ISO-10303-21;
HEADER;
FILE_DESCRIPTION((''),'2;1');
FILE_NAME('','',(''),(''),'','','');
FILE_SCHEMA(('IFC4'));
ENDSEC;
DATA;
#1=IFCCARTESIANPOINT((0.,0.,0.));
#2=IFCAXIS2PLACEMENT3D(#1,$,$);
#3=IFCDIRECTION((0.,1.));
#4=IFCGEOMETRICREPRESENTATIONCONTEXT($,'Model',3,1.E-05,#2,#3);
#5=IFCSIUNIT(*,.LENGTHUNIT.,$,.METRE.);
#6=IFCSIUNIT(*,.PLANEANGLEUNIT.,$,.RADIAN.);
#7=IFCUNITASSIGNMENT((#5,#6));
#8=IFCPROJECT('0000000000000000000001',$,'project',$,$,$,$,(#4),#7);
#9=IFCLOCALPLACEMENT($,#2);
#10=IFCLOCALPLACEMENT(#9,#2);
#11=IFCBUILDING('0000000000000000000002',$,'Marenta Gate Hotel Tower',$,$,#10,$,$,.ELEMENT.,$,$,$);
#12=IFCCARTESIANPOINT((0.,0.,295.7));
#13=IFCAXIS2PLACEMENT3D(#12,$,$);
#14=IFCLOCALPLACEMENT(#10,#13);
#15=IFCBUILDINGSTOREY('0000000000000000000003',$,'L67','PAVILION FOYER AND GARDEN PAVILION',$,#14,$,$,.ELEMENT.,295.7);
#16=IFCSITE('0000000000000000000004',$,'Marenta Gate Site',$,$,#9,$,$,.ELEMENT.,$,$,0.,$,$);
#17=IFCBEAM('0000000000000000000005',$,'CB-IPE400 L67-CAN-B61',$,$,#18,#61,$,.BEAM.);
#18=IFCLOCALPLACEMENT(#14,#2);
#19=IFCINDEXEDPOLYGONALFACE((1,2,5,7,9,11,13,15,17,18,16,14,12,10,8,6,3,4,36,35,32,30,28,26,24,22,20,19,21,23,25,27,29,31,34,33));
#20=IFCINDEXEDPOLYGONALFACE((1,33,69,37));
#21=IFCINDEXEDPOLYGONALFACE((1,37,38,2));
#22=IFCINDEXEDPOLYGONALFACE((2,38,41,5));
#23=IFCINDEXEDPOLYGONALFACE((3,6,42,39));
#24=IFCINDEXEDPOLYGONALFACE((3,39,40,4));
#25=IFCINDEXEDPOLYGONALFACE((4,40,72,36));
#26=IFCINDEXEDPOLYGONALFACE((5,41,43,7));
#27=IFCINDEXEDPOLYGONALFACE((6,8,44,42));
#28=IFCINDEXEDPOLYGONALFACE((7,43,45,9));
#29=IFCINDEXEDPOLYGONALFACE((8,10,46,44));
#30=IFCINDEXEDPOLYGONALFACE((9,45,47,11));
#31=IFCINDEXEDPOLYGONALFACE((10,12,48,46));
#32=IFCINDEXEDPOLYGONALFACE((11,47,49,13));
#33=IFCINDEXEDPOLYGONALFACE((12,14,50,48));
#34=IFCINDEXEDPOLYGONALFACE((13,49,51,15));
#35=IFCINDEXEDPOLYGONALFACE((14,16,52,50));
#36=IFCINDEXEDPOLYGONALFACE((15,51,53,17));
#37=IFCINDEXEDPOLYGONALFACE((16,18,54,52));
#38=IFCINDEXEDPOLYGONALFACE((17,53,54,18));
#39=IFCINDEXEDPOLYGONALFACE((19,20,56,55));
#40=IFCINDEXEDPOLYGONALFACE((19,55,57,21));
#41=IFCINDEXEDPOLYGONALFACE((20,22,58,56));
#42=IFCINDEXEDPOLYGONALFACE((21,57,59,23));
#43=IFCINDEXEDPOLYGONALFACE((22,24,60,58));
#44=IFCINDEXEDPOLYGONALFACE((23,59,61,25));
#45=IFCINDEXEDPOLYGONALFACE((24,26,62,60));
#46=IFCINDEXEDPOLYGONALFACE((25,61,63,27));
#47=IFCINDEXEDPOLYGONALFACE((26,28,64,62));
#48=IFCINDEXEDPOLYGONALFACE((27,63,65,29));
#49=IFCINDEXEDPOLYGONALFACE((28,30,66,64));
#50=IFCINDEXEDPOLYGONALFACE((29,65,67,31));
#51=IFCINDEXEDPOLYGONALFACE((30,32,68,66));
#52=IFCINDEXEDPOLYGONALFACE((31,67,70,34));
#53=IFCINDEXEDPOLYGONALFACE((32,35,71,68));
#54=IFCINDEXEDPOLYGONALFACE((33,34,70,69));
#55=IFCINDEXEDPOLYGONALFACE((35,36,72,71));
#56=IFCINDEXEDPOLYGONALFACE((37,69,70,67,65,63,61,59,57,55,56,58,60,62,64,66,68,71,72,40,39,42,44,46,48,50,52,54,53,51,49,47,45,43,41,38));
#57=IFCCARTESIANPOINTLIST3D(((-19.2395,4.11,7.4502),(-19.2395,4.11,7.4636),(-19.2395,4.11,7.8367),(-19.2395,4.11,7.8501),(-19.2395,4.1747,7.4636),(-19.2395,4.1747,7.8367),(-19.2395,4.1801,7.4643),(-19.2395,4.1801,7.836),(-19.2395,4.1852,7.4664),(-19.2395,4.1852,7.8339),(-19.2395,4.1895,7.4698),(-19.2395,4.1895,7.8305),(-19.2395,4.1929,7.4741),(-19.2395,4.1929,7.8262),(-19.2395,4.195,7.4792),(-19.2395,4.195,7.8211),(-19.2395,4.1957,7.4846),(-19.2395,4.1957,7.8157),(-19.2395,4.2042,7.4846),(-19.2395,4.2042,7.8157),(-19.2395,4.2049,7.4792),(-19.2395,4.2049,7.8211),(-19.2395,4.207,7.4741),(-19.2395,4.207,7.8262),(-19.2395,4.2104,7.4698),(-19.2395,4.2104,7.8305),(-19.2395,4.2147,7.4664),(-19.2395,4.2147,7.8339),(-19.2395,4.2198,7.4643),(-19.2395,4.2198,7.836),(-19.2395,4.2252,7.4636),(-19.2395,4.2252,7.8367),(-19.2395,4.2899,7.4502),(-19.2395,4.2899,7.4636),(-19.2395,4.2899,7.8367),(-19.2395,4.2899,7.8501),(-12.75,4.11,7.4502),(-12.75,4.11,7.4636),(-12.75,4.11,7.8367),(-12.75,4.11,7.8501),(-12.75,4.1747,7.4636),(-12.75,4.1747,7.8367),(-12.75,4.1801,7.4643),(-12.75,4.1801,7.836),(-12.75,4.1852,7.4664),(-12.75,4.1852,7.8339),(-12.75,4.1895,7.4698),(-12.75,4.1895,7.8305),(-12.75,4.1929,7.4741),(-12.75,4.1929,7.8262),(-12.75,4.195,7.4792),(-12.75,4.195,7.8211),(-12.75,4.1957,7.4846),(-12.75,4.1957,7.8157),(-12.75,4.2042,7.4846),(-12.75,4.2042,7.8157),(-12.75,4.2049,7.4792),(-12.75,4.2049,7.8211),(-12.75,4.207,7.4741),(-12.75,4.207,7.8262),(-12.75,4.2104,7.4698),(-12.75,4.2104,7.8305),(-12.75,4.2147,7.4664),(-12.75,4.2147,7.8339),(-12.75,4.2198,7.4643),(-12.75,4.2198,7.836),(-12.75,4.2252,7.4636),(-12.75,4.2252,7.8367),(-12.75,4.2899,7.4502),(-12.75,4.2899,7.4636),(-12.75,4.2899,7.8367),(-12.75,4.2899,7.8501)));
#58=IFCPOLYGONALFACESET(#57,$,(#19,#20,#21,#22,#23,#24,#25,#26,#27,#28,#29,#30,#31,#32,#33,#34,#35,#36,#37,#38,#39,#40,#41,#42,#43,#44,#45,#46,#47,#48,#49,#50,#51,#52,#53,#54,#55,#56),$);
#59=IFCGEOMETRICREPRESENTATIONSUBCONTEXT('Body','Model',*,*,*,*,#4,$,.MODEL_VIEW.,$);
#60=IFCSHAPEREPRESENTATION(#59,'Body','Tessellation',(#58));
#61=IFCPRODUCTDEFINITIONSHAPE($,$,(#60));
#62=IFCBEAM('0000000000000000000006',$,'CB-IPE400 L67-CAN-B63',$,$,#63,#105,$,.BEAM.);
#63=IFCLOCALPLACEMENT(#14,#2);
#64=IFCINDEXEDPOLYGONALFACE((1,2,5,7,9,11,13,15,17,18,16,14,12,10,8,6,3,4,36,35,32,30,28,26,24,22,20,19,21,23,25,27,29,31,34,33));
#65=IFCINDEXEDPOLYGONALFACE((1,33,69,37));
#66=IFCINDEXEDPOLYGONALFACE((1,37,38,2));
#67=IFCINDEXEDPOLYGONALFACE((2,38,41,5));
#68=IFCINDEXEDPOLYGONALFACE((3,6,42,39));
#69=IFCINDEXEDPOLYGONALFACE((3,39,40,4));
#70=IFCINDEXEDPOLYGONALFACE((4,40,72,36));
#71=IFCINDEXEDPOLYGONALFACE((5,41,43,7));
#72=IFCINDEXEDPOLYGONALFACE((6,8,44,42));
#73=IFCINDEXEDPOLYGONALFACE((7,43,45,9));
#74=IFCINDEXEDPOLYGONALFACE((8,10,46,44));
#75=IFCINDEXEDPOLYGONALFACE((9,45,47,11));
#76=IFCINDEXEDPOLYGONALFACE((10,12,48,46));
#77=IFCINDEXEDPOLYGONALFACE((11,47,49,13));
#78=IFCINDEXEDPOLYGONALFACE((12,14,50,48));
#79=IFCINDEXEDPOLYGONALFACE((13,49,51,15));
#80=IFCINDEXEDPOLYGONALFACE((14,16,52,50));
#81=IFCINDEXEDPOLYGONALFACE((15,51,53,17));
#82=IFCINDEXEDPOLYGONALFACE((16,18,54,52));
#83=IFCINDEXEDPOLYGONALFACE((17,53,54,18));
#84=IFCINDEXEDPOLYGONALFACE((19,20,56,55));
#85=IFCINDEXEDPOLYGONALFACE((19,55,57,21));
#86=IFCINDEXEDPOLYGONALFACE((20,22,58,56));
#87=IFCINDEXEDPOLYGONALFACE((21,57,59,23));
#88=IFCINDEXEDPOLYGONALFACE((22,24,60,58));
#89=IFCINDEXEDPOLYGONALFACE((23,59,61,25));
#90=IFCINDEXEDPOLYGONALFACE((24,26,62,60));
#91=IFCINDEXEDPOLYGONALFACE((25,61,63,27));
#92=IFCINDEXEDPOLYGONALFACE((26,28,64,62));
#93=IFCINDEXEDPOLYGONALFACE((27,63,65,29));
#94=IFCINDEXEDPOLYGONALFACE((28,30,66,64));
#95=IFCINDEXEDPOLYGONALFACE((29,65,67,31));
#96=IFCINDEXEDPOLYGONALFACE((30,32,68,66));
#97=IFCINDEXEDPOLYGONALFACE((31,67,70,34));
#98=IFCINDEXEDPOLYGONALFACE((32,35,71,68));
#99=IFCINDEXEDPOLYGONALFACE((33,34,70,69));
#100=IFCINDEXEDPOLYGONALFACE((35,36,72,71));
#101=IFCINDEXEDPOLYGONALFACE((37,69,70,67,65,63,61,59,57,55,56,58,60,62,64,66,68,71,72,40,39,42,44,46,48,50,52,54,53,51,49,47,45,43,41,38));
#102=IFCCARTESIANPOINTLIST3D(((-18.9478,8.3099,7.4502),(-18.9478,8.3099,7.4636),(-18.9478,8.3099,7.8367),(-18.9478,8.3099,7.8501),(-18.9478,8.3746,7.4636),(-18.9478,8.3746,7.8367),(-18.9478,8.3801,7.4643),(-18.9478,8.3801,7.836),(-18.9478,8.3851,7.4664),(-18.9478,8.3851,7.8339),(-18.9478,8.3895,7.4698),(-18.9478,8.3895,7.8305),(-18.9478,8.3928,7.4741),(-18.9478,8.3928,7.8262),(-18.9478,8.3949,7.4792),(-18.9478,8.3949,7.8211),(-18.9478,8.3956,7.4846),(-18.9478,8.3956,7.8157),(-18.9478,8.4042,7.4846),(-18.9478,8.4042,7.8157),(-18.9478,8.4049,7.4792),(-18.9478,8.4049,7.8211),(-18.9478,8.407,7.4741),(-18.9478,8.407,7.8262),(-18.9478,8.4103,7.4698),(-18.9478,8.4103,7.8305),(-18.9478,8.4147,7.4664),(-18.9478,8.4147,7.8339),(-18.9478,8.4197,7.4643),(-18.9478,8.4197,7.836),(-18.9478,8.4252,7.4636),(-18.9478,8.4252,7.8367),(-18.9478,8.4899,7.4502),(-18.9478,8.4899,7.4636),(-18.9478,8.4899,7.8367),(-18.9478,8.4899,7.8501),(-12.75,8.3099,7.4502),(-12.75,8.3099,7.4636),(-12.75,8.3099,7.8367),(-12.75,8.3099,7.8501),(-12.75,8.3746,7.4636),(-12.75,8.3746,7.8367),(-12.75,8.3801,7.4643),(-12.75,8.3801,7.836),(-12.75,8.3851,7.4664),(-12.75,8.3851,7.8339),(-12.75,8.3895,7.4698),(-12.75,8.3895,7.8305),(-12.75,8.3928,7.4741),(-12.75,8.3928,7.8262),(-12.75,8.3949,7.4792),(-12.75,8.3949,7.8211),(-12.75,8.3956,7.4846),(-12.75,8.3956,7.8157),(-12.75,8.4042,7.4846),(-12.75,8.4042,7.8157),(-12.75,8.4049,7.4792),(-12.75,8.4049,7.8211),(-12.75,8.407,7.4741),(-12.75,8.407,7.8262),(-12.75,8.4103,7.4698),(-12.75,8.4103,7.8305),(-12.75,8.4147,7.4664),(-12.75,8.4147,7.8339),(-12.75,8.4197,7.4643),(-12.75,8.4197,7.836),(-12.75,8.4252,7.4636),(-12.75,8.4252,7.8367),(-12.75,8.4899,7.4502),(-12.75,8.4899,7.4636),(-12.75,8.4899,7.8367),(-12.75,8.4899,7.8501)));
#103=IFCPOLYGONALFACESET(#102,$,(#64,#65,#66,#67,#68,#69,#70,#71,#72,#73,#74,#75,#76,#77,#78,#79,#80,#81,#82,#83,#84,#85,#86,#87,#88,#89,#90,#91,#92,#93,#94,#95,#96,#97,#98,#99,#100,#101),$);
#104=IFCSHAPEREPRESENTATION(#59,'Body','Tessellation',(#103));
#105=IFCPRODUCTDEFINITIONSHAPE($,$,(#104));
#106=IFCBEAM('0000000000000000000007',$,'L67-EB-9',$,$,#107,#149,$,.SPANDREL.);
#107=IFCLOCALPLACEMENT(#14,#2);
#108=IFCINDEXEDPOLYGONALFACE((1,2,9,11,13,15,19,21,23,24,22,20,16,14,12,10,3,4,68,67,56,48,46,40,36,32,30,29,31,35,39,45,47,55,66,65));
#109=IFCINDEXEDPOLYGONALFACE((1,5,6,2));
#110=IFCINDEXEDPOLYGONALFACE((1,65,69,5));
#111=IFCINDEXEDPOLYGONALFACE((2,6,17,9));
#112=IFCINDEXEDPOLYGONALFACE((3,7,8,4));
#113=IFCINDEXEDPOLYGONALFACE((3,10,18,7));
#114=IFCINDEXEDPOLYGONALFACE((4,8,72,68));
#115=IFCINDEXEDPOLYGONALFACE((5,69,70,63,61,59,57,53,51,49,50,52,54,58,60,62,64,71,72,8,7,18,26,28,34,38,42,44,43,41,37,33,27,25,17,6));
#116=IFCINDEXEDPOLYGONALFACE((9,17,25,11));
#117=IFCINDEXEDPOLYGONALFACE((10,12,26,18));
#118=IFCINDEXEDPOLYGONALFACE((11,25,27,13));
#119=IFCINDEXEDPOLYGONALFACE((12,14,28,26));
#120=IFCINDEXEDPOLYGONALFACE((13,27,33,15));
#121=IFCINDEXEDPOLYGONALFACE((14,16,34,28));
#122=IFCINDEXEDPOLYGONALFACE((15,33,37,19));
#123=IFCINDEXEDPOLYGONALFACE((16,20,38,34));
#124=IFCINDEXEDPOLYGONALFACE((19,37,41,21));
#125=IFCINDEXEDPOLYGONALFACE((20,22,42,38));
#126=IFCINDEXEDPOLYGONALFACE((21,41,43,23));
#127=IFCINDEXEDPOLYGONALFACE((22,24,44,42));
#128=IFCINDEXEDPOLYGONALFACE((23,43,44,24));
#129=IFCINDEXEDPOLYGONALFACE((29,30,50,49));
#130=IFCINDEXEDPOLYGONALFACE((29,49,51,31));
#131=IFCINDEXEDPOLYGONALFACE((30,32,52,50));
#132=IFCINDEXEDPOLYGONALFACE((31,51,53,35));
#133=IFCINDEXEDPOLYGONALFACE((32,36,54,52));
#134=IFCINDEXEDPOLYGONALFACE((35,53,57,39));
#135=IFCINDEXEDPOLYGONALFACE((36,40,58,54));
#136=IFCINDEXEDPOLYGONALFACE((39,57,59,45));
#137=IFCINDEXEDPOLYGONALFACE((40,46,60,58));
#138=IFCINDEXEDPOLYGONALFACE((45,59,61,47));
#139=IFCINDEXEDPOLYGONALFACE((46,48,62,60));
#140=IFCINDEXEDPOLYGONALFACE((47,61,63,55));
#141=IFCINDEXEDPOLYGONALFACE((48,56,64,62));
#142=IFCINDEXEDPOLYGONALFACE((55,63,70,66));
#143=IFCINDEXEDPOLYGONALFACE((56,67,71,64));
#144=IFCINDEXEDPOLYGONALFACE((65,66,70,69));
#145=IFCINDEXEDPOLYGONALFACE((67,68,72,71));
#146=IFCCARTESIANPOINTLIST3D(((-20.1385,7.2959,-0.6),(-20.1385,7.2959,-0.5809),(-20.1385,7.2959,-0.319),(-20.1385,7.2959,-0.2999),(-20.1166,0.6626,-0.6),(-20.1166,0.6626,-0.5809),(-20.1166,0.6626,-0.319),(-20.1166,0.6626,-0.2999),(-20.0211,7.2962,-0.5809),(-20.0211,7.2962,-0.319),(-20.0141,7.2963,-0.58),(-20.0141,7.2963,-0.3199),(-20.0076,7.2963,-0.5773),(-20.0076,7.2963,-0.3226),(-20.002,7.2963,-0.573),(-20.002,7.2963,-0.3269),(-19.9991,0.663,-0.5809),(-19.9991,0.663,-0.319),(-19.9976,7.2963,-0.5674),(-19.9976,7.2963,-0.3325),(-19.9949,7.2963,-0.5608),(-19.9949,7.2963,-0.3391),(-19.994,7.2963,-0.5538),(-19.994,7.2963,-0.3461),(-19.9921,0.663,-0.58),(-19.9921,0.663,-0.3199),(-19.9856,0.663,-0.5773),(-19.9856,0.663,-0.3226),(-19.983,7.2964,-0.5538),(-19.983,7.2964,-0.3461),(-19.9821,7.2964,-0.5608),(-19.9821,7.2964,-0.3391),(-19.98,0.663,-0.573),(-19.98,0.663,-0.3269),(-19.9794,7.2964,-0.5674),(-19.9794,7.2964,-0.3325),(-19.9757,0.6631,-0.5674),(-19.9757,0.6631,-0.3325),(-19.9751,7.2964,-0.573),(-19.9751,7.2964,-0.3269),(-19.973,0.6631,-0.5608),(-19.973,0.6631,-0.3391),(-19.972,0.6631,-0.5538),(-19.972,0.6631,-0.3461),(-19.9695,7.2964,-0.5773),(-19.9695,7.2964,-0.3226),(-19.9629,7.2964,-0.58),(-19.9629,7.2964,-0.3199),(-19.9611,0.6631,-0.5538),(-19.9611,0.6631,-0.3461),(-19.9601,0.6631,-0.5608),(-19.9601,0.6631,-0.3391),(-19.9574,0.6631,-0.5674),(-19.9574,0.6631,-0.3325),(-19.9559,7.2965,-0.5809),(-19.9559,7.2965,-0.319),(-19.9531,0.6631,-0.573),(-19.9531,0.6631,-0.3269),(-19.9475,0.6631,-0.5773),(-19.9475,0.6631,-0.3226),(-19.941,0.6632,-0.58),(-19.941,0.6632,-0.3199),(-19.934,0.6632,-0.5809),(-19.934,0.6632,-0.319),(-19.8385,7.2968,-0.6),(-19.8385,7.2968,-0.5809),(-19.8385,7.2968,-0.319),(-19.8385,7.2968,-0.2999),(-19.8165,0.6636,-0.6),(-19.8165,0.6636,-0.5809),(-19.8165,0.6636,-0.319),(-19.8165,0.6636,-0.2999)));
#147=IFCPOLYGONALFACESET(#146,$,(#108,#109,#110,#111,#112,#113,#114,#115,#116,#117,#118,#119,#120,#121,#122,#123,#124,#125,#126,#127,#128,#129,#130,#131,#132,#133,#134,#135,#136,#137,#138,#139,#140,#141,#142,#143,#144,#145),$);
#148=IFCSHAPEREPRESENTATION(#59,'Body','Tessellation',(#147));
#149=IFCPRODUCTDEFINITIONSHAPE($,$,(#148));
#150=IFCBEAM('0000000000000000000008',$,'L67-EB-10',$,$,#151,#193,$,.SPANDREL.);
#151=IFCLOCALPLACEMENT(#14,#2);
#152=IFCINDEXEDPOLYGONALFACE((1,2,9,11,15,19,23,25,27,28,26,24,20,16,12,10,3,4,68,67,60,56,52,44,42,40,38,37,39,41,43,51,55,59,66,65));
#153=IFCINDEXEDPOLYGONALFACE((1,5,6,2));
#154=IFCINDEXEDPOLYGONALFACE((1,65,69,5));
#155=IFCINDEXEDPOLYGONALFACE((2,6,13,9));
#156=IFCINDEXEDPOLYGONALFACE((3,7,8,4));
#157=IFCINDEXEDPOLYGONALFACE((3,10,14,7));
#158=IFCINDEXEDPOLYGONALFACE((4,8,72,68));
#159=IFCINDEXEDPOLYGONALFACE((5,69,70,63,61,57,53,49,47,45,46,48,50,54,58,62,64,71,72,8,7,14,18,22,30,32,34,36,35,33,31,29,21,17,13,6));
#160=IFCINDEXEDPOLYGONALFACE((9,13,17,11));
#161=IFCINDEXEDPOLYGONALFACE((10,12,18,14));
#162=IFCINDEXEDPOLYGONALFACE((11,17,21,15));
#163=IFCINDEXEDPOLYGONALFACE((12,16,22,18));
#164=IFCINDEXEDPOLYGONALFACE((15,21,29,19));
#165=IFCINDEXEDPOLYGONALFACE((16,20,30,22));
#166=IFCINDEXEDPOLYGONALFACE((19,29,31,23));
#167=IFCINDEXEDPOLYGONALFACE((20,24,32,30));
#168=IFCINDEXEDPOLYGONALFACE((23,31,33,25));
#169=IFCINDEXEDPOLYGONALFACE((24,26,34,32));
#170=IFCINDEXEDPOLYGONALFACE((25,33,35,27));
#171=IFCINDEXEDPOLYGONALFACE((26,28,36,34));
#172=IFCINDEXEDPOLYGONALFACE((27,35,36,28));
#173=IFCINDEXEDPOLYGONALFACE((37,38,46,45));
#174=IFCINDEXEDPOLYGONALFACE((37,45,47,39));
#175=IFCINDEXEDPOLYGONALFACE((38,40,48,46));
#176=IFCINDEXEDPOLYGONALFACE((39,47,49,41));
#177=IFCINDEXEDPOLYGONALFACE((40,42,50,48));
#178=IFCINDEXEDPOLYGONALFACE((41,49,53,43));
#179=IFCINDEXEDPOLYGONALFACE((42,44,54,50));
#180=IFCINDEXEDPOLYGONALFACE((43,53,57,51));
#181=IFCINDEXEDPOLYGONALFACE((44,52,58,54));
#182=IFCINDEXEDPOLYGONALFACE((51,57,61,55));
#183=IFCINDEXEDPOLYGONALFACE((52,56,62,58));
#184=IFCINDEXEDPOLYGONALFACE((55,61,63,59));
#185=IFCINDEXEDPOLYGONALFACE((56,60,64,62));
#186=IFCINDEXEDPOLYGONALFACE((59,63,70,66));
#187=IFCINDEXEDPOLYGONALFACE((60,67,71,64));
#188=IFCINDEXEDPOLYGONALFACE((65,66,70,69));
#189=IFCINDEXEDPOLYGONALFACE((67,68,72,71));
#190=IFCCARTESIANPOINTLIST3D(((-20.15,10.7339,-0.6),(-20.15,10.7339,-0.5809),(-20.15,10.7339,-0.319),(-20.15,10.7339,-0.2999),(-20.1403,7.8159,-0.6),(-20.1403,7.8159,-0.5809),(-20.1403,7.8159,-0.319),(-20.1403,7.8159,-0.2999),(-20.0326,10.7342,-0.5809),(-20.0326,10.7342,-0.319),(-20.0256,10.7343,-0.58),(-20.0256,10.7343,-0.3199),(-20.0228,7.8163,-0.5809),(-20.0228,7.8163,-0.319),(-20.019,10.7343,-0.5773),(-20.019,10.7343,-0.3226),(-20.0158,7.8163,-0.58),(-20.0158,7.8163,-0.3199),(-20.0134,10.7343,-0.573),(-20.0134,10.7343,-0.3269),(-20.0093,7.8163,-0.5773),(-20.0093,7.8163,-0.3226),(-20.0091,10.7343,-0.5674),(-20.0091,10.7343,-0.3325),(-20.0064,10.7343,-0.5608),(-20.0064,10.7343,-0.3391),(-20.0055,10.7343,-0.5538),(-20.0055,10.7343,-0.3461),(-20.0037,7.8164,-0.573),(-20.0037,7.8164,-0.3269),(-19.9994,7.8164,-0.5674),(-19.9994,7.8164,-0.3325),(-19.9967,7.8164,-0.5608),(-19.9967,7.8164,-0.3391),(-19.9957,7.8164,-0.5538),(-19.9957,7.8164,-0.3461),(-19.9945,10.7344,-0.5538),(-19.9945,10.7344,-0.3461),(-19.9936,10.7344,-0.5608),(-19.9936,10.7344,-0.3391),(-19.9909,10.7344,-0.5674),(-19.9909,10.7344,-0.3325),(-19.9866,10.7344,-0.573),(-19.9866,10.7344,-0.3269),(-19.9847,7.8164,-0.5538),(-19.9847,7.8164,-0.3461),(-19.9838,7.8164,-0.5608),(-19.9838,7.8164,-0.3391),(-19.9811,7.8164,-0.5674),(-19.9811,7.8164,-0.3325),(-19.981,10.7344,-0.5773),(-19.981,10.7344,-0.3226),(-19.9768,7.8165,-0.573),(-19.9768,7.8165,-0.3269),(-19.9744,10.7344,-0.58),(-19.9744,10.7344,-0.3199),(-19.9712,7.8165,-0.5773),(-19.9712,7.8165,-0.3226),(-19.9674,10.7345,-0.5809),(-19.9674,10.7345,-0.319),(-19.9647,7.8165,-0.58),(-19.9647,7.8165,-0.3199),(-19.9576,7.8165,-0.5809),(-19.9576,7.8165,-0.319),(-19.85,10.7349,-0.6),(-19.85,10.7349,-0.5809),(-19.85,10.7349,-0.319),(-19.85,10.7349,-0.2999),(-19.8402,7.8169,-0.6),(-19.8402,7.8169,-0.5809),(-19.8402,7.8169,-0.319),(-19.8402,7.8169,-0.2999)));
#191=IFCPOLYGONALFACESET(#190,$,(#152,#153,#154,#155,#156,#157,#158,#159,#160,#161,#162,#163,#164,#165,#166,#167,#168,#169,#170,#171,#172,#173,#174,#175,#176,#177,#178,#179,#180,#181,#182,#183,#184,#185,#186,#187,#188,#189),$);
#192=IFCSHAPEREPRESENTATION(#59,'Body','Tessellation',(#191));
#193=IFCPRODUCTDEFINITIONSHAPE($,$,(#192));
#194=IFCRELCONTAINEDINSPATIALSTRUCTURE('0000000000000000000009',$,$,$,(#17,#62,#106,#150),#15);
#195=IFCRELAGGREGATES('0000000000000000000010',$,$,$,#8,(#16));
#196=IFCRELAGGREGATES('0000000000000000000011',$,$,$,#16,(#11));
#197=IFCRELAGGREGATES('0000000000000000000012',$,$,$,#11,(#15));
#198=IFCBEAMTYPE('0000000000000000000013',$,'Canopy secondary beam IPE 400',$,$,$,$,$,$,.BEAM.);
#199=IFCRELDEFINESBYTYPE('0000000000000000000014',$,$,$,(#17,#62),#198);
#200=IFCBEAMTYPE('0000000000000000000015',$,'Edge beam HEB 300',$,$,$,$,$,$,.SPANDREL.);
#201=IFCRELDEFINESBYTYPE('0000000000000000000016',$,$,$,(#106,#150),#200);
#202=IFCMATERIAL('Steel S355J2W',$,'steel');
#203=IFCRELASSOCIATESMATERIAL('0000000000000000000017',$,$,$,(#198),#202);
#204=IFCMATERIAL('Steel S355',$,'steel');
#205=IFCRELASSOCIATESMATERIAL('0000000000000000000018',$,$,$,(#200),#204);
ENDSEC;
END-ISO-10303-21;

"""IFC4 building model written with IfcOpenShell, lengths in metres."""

from ifc_helpers import new_model, si_unit, direction, frame, origin, origin_2d, place, context, subcontext, project, spatial, i_section, extrude, material, material_profile, profile_set, type_object, element, save


model = new_model("IFC4")

# Units and contexts
model_context = context("Model", 3, precision=1e-05, world=origin(), true_north=direction((0.0, 1.0)))
body_context = subcontext(model_context, "Body", "Model", "MODEL_VIEW")
ifc_project = project(units=[si_unit("LENGTHUNIT", "METRE"), si_unit("PLANEANGLEUNIT", "RADIAN")], contexts=[model_context])

# Site, building, storey
site_placement = place(None, origin())
site = spatial("IfcSite", under=ifc_project, at=site_placement, Name="Marenta Gate Site", CompositionType="ELEMENT", RefElevation=0.0)
building_placement = place(site_placement, origin())
building = spatial("IfcBuilding", under=site, at=building_placement, Name="Marenta Gate Hotel Tower", CompositionType="ELEMENT")
storey_placement = place(building_placement, frame((0.0, 0.0, 295.7)))
storey = spatial("IfcBuildingStorey", under=building, at=storey_placement, Name="L67", Description="PAVILION FOYER AND GARDEN PAVILION", CompositionType="ELEMENT", Elevation=295.7)

# Beams
ifc_material_1 = material(Name="Steel S355J2W", Category="steel")
ifc_material_profile_1 = material_profile(ifc_material_1, i_section(OverallWidth=0.1799, OverallDepth=0.3999, WebThickness=0.0085, FlangeThickness=0.0134, FilletRadius=0.021, at=origin_2d()), Name="IPE 400")
ifc_profile_set_1 = profile_set([ifc_material_profile_1], Name="Steel S355J2W")
beam_type_1 = type_object("IfcBeamType", Name="Canopy secondary beam IPE 400", PredefinedType="BEAM", material=ifc_profile_set_1)
beam_1_placement = place(storey_placement, frame((-19.2395, 4.2, 7.6501), z_axis=(1.0, 0.0, 0.0), x_axis=(0.0, 1.0, 0.0)))
element("IfcBeam", 1, at=beam_1_placement, inside=storey, type_object=beam_type_1, Name="CB-IPE400 L67-CAN-B61", PredefinedType="BEAM", context=body_context, shape_type="SweptSolid", body=[
    extrude(i_section(OverallWidth=0.1799, OverallDepth=0.3999, WebThickness=0.0085, FlangeThickness=0.0134, FilletRadius=0.021, at=origin_2d()), origin(), (0.0, 0.0, 1.0), 6.4895),
])
beam_2_placement = place(storey_placement, frame((-18.9478, 8.3999, 7.6501), z_axis=(1.0, 0.0, 0.0), x_axis=(0.0, 1.0, 0.0)))
element("IfcBeam", 2, at=beam_2_placement, inside=storey, type_object=beam_type_1, Name="CB-IPE400 L67-CAN-B63", PredefinedType="BEAM", context=body_context, shape_type="SweptSolid", body=[
    extrude(i_section(OverallWidth=0.1799, OverallDepth=0.3999, WebThickness=0.0085, FlangeThickness=0.0134, FilletRadius=0.021, at=origin_2d()), origin(), (0.0, 0.0, 1.0), 6.1978),
])
ifc_material_2 = material(Name="Steel S355", Category="steel")
ifc_material_profile_2 = material_profile(ifc_material_2, i_section(OverallWidth=0.3, OverallDepth=0.3, WebThickness=0.011, FlangeThickness=0.019, FilletRadius=0.0271, at=origin_2d()), Name="HEB 300")
ifc_profile_set_2 = profile_set([ifc_material_profile_2], Name="Steel S355")
beam_type_2 = type_object("IfcBeamType", Name="Edge beam HEB 300", PredefinedType="SPANDREL", material=ifc_profile_set_2)
beam_3_placement = place(storey_placement, frame((-19.9666, 0.6631, -0.45), z_axis=(-0.003312, 0.999995, 0.0), x_axis=(-0.999995, -0.003312, 0.0)))
element("IfcBeam", 3, at=beam_3_placement, inside=storey, type_object=beam_type_2, Name="L67-EB-9", PredefinedType="SPANDREL", context=body_context, shape_type="SweptSolid", body=[
    extrude(i_section(OverallWidth=0.3, OverallDepth=0.3, WebThickness=0.011, FlangeThickness=0.019, FilletRadius=0.0271, at=origin_2d()), origin(), (0.0, 0.0, 1.0), 6.6333),
])
beam_4_placement = place(storey_placement, frame((-19.9902, 7.8164, -0.45), z_axis=(-0.003347, 0.999994, 0.0), x_axis=(-0.999994, -0.003347, 0.0)))
element("IfcBeam", 4, at=beam_4_placement, inside=storey, type_object=beam_type_2, Name="L67-EB-10", PredefinedType="SPANDREL", context=body_context, shape_type="SweptSolid", body=[
    extrude(i_section(OverallWidth=0.3, OverallDepth=0.3, WebThickness=0.011, FlangeThickness=0.019, FilletRadius=0.0271, at=origin_2d()), origin(), (0.0, 0.0, 1.0), 2.918),
])

save(model, "model.ifc")
